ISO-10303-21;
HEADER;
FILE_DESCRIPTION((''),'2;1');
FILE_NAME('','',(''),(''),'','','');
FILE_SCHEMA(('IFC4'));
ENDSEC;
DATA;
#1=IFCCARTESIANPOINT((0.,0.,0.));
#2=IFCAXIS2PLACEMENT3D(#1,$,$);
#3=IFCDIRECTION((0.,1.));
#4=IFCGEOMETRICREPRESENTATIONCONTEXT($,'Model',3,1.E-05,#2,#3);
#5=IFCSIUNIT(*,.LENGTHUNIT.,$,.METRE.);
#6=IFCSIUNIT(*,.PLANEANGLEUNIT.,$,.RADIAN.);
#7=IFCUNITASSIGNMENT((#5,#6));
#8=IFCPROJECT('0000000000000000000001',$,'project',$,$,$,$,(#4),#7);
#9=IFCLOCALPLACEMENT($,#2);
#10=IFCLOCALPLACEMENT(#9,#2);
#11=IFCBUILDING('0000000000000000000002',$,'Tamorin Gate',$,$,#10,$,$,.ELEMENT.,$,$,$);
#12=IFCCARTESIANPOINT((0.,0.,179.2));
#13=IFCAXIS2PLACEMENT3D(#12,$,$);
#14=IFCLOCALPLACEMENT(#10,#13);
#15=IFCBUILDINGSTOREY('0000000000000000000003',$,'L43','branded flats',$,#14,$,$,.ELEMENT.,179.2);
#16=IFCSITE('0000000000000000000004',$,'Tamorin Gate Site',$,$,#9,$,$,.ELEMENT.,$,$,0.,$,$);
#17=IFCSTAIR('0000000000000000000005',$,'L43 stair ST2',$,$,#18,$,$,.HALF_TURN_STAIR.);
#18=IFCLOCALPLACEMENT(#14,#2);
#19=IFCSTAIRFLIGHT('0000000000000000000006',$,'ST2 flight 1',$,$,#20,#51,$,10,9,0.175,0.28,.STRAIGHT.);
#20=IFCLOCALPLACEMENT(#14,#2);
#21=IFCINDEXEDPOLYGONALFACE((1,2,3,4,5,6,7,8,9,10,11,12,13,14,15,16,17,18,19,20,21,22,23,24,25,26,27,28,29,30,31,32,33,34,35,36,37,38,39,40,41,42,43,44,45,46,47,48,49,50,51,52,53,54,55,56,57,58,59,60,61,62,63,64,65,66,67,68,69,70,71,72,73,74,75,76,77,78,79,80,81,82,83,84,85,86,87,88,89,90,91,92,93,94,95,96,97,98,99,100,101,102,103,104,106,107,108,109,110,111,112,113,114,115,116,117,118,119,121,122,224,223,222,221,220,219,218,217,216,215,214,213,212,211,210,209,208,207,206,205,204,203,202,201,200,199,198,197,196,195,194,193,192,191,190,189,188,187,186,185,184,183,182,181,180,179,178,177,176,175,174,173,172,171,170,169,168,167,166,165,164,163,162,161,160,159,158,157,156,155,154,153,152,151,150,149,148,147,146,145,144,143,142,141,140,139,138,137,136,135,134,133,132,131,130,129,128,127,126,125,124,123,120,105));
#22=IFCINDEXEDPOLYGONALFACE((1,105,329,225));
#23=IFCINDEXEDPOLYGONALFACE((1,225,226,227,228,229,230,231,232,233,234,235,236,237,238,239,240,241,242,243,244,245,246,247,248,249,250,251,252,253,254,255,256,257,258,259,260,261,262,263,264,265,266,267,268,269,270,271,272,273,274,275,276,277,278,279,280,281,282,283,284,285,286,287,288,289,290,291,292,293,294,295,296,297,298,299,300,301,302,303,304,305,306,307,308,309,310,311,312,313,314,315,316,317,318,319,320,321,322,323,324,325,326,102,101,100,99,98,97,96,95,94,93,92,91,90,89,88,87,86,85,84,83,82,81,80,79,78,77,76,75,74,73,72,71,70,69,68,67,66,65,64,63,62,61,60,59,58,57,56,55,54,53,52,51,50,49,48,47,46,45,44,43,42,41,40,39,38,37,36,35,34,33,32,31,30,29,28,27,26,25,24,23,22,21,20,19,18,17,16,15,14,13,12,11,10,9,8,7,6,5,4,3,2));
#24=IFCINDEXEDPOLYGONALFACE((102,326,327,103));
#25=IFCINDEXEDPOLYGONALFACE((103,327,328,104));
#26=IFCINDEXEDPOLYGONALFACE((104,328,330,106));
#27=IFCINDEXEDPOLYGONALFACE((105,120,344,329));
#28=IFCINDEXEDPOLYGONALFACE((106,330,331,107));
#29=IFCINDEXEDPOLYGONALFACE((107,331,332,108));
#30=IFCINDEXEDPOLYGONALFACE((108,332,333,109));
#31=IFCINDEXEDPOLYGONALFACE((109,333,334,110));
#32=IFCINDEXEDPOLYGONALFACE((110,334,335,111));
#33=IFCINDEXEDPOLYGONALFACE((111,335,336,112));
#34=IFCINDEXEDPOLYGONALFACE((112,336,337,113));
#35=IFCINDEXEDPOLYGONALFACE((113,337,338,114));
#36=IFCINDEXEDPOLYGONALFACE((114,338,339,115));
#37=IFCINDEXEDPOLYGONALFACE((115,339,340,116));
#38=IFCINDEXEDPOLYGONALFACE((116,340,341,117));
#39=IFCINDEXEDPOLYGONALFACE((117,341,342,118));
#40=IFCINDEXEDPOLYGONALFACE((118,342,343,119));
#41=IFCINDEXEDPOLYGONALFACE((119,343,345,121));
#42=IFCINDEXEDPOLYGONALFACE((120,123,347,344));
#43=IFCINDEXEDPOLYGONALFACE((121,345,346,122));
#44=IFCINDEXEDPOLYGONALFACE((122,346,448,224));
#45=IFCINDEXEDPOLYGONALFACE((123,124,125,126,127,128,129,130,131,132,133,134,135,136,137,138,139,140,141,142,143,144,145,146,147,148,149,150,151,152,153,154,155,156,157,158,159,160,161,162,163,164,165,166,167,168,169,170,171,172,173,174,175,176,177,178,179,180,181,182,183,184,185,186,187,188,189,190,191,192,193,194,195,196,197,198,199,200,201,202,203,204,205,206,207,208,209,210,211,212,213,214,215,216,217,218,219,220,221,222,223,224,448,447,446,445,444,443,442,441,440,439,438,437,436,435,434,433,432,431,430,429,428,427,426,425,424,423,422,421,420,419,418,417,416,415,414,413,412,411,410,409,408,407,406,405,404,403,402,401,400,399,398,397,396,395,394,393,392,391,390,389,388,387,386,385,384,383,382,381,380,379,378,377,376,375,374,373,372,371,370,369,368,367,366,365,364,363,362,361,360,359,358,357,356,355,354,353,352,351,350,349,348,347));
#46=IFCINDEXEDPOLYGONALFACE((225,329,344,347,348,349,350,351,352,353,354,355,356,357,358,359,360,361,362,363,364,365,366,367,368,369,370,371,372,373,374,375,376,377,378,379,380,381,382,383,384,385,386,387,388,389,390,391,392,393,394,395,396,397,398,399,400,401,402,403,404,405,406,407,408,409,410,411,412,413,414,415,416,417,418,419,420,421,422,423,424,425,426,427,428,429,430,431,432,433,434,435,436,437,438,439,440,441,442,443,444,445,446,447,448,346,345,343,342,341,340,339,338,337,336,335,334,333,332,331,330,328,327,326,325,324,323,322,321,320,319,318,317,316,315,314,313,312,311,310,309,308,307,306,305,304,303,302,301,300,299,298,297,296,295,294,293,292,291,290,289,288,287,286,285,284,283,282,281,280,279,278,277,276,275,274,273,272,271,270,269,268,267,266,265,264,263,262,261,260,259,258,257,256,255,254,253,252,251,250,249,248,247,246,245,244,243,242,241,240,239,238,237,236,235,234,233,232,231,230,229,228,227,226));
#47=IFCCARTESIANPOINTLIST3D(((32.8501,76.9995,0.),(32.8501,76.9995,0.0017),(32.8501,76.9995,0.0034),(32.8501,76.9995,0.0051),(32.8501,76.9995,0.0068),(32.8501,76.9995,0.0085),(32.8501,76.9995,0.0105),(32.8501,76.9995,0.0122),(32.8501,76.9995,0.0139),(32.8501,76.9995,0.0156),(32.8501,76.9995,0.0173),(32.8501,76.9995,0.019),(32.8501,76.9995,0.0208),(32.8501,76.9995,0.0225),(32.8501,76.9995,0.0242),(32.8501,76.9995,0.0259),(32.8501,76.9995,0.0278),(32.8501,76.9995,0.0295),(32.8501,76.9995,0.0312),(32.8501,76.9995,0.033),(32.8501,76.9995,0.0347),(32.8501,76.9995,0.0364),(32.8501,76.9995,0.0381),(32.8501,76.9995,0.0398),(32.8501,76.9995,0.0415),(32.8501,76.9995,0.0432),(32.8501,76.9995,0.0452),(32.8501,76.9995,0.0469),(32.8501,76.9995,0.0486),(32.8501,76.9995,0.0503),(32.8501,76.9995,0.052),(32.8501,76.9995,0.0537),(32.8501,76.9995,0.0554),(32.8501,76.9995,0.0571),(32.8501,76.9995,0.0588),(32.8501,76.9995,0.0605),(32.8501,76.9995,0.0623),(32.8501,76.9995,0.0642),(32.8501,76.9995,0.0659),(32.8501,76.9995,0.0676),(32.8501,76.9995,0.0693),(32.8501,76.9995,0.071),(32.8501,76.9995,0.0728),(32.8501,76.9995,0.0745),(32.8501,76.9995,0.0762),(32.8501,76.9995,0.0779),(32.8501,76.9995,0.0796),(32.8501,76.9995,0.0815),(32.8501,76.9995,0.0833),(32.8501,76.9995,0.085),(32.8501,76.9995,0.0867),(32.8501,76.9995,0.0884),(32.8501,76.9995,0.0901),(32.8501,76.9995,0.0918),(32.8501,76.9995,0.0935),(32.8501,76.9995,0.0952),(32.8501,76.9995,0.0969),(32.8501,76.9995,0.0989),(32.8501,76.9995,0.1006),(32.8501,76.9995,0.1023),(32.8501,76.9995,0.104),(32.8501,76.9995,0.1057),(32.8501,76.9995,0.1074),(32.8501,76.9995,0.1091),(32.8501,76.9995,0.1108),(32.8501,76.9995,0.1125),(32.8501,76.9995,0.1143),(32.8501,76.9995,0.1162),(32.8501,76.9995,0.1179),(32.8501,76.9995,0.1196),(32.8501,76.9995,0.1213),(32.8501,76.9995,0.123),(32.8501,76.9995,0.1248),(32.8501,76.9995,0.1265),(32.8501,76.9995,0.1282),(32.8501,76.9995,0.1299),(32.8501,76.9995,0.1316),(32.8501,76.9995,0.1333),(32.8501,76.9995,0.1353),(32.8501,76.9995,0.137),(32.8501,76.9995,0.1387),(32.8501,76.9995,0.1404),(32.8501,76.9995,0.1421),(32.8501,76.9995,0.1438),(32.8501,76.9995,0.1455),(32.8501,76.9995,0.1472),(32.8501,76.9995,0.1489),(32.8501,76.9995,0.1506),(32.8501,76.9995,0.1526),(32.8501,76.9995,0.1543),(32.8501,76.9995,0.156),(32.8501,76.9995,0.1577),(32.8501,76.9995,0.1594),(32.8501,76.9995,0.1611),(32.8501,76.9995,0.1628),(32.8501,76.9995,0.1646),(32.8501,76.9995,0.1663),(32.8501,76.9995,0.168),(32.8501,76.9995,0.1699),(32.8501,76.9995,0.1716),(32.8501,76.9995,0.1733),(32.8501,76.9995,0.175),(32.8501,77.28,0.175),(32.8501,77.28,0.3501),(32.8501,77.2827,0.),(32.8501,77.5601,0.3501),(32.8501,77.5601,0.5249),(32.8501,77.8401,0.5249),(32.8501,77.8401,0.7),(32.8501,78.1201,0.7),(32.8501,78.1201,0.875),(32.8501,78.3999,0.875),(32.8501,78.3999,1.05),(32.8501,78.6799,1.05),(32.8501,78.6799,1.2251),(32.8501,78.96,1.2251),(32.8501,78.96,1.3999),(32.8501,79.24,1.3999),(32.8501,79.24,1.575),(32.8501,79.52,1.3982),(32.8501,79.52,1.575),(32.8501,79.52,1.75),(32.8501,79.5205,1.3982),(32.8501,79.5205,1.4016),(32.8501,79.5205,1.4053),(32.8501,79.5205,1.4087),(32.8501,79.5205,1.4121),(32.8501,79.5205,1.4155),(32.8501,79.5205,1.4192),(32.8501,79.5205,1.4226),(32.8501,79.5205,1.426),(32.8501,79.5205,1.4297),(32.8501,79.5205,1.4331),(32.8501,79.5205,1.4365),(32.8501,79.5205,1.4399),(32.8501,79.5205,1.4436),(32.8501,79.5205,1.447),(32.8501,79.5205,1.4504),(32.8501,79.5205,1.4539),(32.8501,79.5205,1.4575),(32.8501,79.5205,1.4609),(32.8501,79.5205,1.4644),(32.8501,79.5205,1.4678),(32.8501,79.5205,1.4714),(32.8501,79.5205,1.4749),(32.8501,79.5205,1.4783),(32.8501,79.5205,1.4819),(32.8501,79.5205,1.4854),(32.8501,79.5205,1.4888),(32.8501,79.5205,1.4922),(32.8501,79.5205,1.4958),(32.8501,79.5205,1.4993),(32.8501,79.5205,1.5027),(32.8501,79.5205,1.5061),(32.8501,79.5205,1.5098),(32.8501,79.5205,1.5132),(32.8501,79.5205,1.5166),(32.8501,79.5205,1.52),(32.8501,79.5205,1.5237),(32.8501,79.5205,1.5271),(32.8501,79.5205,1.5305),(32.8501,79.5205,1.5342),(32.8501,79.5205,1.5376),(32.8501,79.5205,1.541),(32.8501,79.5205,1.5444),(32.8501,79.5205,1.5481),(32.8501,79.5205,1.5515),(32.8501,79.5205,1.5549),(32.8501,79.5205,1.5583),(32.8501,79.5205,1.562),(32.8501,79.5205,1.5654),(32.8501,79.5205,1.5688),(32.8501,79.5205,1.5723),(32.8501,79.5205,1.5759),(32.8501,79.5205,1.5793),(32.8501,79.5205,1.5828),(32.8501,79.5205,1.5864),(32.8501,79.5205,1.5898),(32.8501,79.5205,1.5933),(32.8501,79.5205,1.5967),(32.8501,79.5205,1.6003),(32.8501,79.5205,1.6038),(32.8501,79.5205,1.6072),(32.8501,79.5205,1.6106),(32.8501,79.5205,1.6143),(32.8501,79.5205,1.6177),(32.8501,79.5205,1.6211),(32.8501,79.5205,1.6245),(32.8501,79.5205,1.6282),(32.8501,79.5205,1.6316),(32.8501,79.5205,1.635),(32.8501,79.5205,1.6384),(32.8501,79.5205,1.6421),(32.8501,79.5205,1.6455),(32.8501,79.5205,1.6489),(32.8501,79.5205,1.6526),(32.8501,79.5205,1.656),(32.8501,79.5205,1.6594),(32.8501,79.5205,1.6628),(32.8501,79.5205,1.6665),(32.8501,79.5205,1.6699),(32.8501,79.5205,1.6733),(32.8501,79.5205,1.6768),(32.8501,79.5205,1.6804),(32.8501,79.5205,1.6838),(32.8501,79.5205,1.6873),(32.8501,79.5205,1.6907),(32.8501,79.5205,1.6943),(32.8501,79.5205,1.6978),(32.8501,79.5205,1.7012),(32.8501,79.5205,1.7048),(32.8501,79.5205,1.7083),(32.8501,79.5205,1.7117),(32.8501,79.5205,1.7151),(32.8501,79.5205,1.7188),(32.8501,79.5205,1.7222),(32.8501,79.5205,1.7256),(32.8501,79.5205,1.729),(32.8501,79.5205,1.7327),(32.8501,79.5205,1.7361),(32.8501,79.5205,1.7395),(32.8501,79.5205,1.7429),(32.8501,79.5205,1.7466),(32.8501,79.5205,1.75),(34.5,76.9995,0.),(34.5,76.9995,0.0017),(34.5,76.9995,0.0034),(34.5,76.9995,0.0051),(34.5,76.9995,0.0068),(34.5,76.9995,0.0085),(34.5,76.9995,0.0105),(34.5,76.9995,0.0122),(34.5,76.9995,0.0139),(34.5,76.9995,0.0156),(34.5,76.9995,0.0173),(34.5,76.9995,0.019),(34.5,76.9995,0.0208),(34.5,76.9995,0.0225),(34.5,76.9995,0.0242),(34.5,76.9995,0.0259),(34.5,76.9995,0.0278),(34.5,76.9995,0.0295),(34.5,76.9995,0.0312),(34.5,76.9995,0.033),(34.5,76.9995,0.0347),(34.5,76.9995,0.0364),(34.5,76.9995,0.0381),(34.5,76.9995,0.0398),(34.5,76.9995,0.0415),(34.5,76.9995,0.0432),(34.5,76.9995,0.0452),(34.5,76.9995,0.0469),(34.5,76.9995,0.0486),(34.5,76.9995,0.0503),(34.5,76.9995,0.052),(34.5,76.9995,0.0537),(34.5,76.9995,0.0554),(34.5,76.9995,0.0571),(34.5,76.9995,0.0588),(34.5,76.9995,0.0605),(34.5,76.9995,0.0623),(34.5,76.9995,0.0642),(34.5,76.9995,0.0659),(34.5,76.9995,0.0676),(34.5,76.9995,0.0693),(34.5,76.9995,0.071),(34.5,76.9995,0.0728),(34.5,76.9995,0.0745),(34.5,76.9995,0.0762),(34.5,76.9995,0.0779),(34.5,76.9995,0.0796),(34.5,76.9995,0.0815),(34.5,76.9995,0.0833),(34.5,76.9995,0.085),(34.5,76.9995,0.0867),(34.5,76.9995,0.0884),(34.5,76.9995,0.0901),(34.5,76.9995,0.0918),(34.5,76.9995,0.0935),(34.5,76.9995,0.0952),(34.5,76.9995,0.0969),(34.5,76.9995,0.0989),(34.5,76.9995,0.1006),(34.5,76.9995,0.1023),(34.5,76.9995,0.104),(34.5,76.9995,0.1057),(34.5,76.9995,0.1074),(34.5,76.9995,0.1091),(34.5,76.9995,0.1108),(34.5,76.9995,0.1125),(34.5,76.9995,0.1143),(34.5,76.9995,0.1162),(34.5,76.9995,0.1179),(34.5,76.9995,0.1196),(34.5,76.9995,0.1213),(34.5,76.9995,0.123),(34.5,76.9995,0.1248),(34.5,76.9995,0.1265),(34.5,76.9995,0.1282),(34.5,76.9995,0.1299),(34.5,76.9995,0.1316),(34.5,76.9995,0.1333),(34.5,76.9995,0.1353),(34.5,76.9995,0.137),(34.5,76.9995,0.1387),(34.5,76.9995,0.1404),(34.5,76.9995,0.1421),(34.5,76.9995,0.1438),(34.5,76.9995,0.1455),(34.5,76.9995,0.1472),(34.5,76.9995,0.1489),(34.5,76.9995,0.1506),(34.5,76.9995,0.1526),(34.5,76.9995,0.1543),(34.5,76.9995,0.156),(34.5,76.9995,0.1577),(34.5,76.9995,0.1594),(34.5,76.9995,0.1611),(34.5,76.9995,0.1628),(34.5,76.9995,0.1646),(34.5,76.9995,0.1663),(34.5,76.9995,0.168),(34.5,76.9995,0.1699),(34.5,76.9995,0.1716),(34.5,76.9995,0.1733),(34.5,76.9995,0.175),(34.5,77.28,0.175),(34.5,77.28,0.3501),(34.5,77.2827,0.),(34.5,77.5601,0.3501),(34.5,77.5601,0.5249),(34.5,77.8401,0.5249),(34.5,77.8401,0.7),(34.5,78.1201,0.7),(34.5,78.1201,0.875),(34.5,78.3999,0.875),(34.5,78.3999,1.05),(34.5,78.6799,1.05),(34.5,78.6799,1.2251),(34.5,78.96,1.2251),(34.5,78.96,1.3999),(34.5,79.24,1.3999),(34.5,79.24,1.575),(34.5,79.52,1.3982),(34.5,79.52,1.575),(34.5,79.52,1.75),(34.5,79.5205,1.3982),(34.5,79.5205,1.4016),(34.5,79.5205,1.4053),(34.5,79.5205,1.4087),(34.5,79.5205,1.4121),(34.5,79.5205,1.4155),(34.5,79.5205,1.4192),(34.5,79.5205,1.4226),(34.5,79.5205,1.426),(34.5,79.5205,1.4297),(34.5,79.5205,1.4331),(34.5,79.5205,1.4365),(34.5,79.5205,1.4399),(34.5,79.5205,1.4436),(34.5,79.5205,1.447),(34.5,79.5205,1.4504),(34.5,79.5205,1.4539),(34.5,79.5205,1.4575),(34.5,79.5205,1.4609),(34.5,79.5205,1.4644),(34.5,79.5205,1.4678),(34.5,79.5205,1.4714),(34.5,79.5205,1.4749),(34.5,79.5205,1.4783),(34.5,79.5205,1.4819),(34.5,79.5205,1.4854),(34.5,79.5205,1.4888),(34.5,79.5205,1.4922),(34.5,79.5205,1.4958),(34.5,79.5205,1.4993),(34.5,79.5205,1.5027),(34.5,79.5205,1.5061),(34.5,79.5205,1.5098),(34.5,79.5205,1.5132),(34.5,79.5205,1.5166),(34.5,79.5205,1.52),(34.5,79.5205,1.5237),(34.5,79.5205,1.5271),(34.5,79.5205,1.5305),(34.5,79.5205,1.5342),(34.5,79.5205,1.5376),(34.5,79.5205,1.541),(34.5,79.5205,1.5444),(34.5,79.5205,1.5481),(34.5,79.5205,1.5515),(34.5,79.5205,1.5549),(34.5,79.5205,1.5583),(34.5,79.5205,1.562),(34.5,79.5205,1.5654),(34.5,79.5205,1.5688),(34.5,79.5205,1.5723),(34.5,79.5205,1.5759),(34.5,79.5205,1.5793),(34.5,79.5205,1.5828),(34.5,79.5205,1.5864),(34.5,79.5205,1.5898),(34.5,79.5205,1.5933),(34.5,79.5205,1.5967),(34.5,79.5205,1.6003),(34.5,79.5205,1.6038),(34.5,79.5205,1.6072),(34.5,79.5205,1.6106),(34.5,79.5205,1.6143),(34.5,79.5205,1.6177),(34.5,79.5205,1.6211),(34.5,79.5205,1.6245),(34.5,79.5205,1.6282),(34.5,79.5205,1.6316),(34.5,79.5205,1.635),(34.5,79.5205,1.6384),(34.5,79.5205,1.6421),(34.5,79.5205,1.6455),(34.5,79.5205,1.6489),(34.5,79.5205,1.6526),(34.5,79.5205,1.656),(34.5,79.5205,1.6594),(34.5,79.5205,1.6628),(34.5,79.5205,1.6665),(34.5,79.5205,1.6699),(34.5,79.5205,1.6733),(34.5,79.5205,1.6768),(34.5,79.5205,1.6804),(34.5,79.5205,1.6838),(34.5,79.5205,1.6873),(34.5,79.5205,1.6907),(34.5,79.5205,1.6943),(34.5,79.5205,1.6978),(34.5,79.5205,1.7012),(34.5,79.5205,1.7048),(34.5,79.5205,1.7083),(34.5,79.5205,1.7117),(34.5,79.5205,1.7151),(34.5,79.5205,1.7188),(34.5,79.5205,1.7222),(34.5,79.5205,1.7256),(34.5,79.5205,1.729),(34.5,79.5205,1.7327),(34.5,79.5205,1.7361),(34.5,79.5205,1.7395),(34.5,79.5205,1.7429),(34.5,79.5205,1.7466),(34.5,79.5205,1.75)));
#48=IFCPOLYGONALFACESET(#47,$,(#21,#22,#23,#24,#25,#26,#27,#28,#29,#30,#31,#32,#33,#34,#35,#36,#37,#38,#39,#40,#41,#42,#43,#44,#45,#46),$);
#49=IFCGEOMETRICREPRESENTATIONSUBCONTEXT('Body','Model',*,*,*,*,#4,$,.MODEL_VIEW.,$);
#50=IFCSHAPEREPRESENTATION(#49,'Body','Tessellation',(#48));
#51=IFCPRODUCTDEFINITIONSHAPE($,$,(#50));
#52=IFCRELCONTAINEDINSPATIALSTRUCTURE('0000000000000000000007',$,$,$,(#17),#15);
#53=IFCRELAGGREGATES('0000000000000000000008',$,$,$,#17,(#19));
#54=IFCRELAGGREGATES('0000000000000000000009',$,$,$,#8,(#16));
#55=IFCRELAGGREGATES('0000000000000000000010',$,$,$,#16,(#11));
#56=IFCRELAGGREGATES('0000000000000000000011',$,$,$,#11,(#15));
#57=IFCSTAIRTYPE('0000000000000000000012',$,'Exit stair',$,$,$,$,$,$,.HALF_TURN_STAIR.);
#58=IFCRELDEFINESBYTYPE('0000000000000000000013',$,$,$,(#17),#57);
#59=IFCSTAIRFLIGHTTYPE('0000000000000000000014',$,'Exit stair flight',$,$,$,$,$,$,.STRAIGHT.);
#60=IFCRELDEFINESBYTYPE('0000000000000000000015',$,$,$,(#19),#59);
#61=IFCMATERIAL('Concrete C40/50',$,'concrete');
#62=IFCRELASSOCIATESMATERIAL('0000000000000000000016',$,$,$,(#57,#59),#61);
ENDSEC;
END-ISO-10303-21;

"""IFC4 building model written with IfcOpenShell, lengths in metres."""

from ifc_helpers import new_model, si_unit, direction, frame, origin, place, context, subcontext, project, spatial, polyline, outline, extrude, material, type_object, element, aggregate, save


model = new_model("IFC4")

# Units and contexts
model_context = context("Model", 3, precision=1e-05, world=origin(), true_north=direction((0.0, 1.0)))
body_context = subcontext(model_context, "Body", "Model", "MODEL_VIEW")
ifc_project = project(units=[si_unit("LENGTHUNIT", "METRE"), si_unit("PLANEANGLEUNIT", "RADIAN")], contexts=[model_context])

# Site, building, storey
site_placement = place(None, origin())
site = spatial("IfcSite", under=ifc_project, at=site_placement, Name="Tamorin Gate Site", CompositionType="ELEMENT", RefElevation=0.0)
building_placement = place(site_placement, origin())
building = spatial("IfcBuilding", under=site, at=building_placement, Name="Tamorin Gate", CompositionType="ELEMENT")
storey_placement = place(building_placement, frame((0.0, 0.0, 179.2)))
storey = spatial("IfcBuildingStorey", under=building, at=storey_placement, Name="L43", Description="branded flats", CompositionType="ELEMENT", Elevation=179.2)

# Shared definitions
ifc_material_1 = material(Name="Concrete C40/50", Category="concrete")

# Shared definitions
stair_type = type_object("IfcStairType", Name="Exit stair", PredefinedType="HALF_TURN_STAIR", material=ifc_material_1)
stair_flight_type = type_object("IfcStairFlightType", Name="Exit stair flight", PredefinedType="STRAIGHT", material=ifc_material_1)

# Stair, stair flight
stair_1_placement = place(storey_placement, origin())
stair_1 = element("IfcStair", 1, at=stair_1_placement, inside=storey, type_object=stair_type, Name="L43 stair ST2", PredefinedType="HALF_TURN_STAIR")
stair_flight_1_placement = place(storey_placement, frame((33.675, 77.0, 0.0), z_axis=(0.0, 0.0, 1.0), x_axis=(0.0, 1.0, 0.0)))
stair_flight_1 = element("IfcStairFlight", 2, at=stair_flight_1_placement, type_object=stair_flight_type, Name="ST2 flight 1", NumberOfRisers=10, NumberOfTreads=9, PredefinedType="STRAIGHT", RiserHeight=0.175, TreadLength=0.28, context=body_context, shape_type="SweptSolid", body=[
    extrude(outline(polyline([(-0.0005, 0.0), (-0.0005, 0.0017), (-0.0005, 0.0034), (-0.0005, 0.0051), (-0.0005, 0.0068), (-0.0005, 0.0085), (-0.0005, 0.0105), (-0.0005, 0.0122), (-0.0005, 0.0139), (-0.0005, 0.0156), (-0.0005, 0.0173), (-0.0005, 0.019), (-0.0005, 0.0208), (-0.0005, 0.0225), (-0.0005, 0.0242), (-0.0005, 0.0259), (-0.0005, 0.0278), (-0.0005, 0.0295), (-0.0005, 0.0312), (-0.0005, 0.033), (-0.0005, 0.0347), (-0.0005, 0.0364), (-0.0005, 0.0381), (-0.0005, 0.0398), (-0.0005, 0.0415), (-0.0005, 0.0432), (-0.0005, 0.0452), (-0.0005, 0.0469), (-0.0005, 0.0486), (-0.0005, 0.0503), (-0.0005, 0.052), (-0.0005, 0.0537), (-0.0005, 0.0554), (-0.0005, 0.0571), (-0.0005, 0.0588), (-0.0005, 0.0605), (-0.0005, 0.0623), (-0.0005, 0.0642), (-0.0005, 0.0659), (-0.0005, 0.0676), (-0.0005, 0.0693), (-0.0005, 0.071), (-0.0005, 0.0728), (-0.0005, 0.0745), (-0.0005, 0.0762), (-0.0005, 0.0779), (-0.0005, 0.0796), (-0.0005, 0.0815), (-0.0005, 0.0833), (-0.0005, 0.085), (-0.0005, 0.0867), (-0.0005, 0.0884), (-0.0005, 0.0901), (-0.0005, 0.0918), (-0.0005, 0.0935), (-0.0005, 0.0952), (-0.0005, 0.0969), (-0.0005, 0.0989), (-0.0005, 0.1006), (-0.0005, 0.1023), (-0.0005, 0.104), (-0.0005, 0.1057), (-0.0005, 0.1074), (-0.0005, 0.1091), (-0.0005, 0.1108), (-0.0005, 0.1125), (-0.0005, 0.1143), (-0.0005, 0.1162), (-0.0005, 0.1179), (-0.0005, 0.1196), (-0.0005, 0.1213), (-0.0005, 0.123), (-0.0005, 0.1248), (-0.0005, 0.1265), (-0.0005, 0.1282), (-0.0005, 0.1299), (-0.0005, 0.1316), (-0.0005, 0.1333), (-0.0005, 0.1353), (-0.0005, 0.137), (-0.0005, 0.1387), (-0.0005, 0.1404), (-0.0005, 0.1421), (-0.0005, 0.1438), (-0.0005, 0.1455), (-0.0005, 0.1472), (-0.0005, 0.1489), (-0.0005, 0.1506), (-0.0005, 0.1526), (-0.0005, 0.1543), (-0.0005, 0.156), (-0.0005, 0.1577), (-0.0005, 0.1594), (-0.0005, 0.1611), (-0.0005, 0.1628), (-0.0005, 0.1646), (-0.0005, 0.1663), (-0.0005, 0.168), (-0.0005, 0.1699), (-0.0005, 0.1716), (-0.0005, 0.1733), (-0.0005, 0.175), (0.28, 0.175), (0.28, 0.3501), (0.5601, 0.3501), (0.5601, 0.5249), (0.8401, 0.5249), (0.8401, 0.7), (1.1201, 0.7), (1.1201, 0.875), (1.3999, 0.875), (1.3999, 1.05), (1.6799, 1.05), (1.6799, 1.2251), (1.96, 1.2251), (1.96, 1.3999), (2.24, 1.3999), (2.24, 1.575), (2.52, 1.575), (2.52, 1.75), (2.5205, 1.75), (2.5205, 1.7466), (2.5205, 1.7429), (2.5205, 1.7395), (2.5205, 1.7361), (2.5205, 1.7327), (2.5205, 1.729), (2.5205, 1.7256), (2.5205, 1.7222), (2.5205, 1.7188), (2.5205, 1.7151), (2.5205, 1.7117), (2.5205, 1.7083), (2.5205, 1.7048), (2.5205, 1.7012), (2.5205, 1.6978), (2.5205, 1.6943), (2.5205, 1.6907), (2.5205, 1.6873), (2.5205, 1.6838), (2.5205, 1.6804), (2.5205, 1.6768), (2.5205, 1.6733), (2.5205, 1.6699), (2.5205, 1.6665), (2.5205, 1.6628), (2.5205, 1.6594), (2.5205, 1.656), (2.5205, 1.6526), (2.5205, 1.6489), (2.5205, 1.6455), (2.5205, 1.6421), (2.5205, 1.6384), (2.5205, 1.635), (2.5205, 1.6316), (2.5205, 1.6282), (2.5205, 1.6245), (2.5205, 1.6211), (2.5205, 1.6177), (2.5205, 1.6143), (2.5205, 1.6106), (2.5205, 1.6072), (2.5205, 1.6038), (2.5205, 1.6003), (2.5205, 1.5967), (2.5205, 1.5933), (2.5205, 1.5898), (2.5205, 1.5864), (2.5205, 1.5828), (2.5205, 1.5793), (2.5205, 1.5759), (2.5205, 1.5723), (2.5205, 1.5688), (2.5205, 1.5654), (2.5205, 1.562), (2.5205, 1.5583), (2.5205, 1.5549), (2.5205, 1.5515), (2.5205, 1.5481), (2.5205, 1.5444), (2.5205, 1.541), (2.5205, 1.5376), (2.5205, 1.5342), (2.5205, 1.5305), (2.5205, 1.5271), (2.5205, 1.5237), (2.5205, 1.52), (2.5205, 1.5166), (2.5205, 1.5132), (2.5205, 1.5098), (2.5205, 1.5061), (2.5205, 1.5027), (2.5205, 1.4993), (2.5205, 1.4958), (2.5205, 1.4922), (2.5205, 1.4888), (2.5205, 1.4854), (2.5205, 1.4819), (2.5205, 1.4783), (2.5205, 1.4749), (2.5205, 1.4714), (2.5205, 1.4678), (2.5205, 1.4644), (2.5205, 1.4609), (2.5205, 1.4575), (2.5205, 1.4539), (2.5205, 1.4504), (2.5205, 1.447), (2.5205, 1.4436), (2.5205, 1.4399), (2.5205, 1.4365), (2.5205, 1.4331), (2.5205, 1.4297), (2.5205, 1.426), (2.5205, 1.4226), (2.5205, 1.4192), (2.5205, 1.4155), (2.5205, 1.4121), (2.5205, 1.4087), (2.5205, 1.4053), (2.5205, 1.4016), (2.5205, 1.3982), (2.52, 1.3982), (0.2827, 0.0), (-0.0005, 0.0)])), frame((0.0, 0.825, 0.0), z_axis=(0.0, -1.0, 0.0), x_axis=(1.0, 0.0, 0.0)), (0.0, 0.0, 1.0), 1.6499),
])
aggregate(stair_1, [stair_flight_1])

save(model, "model.ifc")
